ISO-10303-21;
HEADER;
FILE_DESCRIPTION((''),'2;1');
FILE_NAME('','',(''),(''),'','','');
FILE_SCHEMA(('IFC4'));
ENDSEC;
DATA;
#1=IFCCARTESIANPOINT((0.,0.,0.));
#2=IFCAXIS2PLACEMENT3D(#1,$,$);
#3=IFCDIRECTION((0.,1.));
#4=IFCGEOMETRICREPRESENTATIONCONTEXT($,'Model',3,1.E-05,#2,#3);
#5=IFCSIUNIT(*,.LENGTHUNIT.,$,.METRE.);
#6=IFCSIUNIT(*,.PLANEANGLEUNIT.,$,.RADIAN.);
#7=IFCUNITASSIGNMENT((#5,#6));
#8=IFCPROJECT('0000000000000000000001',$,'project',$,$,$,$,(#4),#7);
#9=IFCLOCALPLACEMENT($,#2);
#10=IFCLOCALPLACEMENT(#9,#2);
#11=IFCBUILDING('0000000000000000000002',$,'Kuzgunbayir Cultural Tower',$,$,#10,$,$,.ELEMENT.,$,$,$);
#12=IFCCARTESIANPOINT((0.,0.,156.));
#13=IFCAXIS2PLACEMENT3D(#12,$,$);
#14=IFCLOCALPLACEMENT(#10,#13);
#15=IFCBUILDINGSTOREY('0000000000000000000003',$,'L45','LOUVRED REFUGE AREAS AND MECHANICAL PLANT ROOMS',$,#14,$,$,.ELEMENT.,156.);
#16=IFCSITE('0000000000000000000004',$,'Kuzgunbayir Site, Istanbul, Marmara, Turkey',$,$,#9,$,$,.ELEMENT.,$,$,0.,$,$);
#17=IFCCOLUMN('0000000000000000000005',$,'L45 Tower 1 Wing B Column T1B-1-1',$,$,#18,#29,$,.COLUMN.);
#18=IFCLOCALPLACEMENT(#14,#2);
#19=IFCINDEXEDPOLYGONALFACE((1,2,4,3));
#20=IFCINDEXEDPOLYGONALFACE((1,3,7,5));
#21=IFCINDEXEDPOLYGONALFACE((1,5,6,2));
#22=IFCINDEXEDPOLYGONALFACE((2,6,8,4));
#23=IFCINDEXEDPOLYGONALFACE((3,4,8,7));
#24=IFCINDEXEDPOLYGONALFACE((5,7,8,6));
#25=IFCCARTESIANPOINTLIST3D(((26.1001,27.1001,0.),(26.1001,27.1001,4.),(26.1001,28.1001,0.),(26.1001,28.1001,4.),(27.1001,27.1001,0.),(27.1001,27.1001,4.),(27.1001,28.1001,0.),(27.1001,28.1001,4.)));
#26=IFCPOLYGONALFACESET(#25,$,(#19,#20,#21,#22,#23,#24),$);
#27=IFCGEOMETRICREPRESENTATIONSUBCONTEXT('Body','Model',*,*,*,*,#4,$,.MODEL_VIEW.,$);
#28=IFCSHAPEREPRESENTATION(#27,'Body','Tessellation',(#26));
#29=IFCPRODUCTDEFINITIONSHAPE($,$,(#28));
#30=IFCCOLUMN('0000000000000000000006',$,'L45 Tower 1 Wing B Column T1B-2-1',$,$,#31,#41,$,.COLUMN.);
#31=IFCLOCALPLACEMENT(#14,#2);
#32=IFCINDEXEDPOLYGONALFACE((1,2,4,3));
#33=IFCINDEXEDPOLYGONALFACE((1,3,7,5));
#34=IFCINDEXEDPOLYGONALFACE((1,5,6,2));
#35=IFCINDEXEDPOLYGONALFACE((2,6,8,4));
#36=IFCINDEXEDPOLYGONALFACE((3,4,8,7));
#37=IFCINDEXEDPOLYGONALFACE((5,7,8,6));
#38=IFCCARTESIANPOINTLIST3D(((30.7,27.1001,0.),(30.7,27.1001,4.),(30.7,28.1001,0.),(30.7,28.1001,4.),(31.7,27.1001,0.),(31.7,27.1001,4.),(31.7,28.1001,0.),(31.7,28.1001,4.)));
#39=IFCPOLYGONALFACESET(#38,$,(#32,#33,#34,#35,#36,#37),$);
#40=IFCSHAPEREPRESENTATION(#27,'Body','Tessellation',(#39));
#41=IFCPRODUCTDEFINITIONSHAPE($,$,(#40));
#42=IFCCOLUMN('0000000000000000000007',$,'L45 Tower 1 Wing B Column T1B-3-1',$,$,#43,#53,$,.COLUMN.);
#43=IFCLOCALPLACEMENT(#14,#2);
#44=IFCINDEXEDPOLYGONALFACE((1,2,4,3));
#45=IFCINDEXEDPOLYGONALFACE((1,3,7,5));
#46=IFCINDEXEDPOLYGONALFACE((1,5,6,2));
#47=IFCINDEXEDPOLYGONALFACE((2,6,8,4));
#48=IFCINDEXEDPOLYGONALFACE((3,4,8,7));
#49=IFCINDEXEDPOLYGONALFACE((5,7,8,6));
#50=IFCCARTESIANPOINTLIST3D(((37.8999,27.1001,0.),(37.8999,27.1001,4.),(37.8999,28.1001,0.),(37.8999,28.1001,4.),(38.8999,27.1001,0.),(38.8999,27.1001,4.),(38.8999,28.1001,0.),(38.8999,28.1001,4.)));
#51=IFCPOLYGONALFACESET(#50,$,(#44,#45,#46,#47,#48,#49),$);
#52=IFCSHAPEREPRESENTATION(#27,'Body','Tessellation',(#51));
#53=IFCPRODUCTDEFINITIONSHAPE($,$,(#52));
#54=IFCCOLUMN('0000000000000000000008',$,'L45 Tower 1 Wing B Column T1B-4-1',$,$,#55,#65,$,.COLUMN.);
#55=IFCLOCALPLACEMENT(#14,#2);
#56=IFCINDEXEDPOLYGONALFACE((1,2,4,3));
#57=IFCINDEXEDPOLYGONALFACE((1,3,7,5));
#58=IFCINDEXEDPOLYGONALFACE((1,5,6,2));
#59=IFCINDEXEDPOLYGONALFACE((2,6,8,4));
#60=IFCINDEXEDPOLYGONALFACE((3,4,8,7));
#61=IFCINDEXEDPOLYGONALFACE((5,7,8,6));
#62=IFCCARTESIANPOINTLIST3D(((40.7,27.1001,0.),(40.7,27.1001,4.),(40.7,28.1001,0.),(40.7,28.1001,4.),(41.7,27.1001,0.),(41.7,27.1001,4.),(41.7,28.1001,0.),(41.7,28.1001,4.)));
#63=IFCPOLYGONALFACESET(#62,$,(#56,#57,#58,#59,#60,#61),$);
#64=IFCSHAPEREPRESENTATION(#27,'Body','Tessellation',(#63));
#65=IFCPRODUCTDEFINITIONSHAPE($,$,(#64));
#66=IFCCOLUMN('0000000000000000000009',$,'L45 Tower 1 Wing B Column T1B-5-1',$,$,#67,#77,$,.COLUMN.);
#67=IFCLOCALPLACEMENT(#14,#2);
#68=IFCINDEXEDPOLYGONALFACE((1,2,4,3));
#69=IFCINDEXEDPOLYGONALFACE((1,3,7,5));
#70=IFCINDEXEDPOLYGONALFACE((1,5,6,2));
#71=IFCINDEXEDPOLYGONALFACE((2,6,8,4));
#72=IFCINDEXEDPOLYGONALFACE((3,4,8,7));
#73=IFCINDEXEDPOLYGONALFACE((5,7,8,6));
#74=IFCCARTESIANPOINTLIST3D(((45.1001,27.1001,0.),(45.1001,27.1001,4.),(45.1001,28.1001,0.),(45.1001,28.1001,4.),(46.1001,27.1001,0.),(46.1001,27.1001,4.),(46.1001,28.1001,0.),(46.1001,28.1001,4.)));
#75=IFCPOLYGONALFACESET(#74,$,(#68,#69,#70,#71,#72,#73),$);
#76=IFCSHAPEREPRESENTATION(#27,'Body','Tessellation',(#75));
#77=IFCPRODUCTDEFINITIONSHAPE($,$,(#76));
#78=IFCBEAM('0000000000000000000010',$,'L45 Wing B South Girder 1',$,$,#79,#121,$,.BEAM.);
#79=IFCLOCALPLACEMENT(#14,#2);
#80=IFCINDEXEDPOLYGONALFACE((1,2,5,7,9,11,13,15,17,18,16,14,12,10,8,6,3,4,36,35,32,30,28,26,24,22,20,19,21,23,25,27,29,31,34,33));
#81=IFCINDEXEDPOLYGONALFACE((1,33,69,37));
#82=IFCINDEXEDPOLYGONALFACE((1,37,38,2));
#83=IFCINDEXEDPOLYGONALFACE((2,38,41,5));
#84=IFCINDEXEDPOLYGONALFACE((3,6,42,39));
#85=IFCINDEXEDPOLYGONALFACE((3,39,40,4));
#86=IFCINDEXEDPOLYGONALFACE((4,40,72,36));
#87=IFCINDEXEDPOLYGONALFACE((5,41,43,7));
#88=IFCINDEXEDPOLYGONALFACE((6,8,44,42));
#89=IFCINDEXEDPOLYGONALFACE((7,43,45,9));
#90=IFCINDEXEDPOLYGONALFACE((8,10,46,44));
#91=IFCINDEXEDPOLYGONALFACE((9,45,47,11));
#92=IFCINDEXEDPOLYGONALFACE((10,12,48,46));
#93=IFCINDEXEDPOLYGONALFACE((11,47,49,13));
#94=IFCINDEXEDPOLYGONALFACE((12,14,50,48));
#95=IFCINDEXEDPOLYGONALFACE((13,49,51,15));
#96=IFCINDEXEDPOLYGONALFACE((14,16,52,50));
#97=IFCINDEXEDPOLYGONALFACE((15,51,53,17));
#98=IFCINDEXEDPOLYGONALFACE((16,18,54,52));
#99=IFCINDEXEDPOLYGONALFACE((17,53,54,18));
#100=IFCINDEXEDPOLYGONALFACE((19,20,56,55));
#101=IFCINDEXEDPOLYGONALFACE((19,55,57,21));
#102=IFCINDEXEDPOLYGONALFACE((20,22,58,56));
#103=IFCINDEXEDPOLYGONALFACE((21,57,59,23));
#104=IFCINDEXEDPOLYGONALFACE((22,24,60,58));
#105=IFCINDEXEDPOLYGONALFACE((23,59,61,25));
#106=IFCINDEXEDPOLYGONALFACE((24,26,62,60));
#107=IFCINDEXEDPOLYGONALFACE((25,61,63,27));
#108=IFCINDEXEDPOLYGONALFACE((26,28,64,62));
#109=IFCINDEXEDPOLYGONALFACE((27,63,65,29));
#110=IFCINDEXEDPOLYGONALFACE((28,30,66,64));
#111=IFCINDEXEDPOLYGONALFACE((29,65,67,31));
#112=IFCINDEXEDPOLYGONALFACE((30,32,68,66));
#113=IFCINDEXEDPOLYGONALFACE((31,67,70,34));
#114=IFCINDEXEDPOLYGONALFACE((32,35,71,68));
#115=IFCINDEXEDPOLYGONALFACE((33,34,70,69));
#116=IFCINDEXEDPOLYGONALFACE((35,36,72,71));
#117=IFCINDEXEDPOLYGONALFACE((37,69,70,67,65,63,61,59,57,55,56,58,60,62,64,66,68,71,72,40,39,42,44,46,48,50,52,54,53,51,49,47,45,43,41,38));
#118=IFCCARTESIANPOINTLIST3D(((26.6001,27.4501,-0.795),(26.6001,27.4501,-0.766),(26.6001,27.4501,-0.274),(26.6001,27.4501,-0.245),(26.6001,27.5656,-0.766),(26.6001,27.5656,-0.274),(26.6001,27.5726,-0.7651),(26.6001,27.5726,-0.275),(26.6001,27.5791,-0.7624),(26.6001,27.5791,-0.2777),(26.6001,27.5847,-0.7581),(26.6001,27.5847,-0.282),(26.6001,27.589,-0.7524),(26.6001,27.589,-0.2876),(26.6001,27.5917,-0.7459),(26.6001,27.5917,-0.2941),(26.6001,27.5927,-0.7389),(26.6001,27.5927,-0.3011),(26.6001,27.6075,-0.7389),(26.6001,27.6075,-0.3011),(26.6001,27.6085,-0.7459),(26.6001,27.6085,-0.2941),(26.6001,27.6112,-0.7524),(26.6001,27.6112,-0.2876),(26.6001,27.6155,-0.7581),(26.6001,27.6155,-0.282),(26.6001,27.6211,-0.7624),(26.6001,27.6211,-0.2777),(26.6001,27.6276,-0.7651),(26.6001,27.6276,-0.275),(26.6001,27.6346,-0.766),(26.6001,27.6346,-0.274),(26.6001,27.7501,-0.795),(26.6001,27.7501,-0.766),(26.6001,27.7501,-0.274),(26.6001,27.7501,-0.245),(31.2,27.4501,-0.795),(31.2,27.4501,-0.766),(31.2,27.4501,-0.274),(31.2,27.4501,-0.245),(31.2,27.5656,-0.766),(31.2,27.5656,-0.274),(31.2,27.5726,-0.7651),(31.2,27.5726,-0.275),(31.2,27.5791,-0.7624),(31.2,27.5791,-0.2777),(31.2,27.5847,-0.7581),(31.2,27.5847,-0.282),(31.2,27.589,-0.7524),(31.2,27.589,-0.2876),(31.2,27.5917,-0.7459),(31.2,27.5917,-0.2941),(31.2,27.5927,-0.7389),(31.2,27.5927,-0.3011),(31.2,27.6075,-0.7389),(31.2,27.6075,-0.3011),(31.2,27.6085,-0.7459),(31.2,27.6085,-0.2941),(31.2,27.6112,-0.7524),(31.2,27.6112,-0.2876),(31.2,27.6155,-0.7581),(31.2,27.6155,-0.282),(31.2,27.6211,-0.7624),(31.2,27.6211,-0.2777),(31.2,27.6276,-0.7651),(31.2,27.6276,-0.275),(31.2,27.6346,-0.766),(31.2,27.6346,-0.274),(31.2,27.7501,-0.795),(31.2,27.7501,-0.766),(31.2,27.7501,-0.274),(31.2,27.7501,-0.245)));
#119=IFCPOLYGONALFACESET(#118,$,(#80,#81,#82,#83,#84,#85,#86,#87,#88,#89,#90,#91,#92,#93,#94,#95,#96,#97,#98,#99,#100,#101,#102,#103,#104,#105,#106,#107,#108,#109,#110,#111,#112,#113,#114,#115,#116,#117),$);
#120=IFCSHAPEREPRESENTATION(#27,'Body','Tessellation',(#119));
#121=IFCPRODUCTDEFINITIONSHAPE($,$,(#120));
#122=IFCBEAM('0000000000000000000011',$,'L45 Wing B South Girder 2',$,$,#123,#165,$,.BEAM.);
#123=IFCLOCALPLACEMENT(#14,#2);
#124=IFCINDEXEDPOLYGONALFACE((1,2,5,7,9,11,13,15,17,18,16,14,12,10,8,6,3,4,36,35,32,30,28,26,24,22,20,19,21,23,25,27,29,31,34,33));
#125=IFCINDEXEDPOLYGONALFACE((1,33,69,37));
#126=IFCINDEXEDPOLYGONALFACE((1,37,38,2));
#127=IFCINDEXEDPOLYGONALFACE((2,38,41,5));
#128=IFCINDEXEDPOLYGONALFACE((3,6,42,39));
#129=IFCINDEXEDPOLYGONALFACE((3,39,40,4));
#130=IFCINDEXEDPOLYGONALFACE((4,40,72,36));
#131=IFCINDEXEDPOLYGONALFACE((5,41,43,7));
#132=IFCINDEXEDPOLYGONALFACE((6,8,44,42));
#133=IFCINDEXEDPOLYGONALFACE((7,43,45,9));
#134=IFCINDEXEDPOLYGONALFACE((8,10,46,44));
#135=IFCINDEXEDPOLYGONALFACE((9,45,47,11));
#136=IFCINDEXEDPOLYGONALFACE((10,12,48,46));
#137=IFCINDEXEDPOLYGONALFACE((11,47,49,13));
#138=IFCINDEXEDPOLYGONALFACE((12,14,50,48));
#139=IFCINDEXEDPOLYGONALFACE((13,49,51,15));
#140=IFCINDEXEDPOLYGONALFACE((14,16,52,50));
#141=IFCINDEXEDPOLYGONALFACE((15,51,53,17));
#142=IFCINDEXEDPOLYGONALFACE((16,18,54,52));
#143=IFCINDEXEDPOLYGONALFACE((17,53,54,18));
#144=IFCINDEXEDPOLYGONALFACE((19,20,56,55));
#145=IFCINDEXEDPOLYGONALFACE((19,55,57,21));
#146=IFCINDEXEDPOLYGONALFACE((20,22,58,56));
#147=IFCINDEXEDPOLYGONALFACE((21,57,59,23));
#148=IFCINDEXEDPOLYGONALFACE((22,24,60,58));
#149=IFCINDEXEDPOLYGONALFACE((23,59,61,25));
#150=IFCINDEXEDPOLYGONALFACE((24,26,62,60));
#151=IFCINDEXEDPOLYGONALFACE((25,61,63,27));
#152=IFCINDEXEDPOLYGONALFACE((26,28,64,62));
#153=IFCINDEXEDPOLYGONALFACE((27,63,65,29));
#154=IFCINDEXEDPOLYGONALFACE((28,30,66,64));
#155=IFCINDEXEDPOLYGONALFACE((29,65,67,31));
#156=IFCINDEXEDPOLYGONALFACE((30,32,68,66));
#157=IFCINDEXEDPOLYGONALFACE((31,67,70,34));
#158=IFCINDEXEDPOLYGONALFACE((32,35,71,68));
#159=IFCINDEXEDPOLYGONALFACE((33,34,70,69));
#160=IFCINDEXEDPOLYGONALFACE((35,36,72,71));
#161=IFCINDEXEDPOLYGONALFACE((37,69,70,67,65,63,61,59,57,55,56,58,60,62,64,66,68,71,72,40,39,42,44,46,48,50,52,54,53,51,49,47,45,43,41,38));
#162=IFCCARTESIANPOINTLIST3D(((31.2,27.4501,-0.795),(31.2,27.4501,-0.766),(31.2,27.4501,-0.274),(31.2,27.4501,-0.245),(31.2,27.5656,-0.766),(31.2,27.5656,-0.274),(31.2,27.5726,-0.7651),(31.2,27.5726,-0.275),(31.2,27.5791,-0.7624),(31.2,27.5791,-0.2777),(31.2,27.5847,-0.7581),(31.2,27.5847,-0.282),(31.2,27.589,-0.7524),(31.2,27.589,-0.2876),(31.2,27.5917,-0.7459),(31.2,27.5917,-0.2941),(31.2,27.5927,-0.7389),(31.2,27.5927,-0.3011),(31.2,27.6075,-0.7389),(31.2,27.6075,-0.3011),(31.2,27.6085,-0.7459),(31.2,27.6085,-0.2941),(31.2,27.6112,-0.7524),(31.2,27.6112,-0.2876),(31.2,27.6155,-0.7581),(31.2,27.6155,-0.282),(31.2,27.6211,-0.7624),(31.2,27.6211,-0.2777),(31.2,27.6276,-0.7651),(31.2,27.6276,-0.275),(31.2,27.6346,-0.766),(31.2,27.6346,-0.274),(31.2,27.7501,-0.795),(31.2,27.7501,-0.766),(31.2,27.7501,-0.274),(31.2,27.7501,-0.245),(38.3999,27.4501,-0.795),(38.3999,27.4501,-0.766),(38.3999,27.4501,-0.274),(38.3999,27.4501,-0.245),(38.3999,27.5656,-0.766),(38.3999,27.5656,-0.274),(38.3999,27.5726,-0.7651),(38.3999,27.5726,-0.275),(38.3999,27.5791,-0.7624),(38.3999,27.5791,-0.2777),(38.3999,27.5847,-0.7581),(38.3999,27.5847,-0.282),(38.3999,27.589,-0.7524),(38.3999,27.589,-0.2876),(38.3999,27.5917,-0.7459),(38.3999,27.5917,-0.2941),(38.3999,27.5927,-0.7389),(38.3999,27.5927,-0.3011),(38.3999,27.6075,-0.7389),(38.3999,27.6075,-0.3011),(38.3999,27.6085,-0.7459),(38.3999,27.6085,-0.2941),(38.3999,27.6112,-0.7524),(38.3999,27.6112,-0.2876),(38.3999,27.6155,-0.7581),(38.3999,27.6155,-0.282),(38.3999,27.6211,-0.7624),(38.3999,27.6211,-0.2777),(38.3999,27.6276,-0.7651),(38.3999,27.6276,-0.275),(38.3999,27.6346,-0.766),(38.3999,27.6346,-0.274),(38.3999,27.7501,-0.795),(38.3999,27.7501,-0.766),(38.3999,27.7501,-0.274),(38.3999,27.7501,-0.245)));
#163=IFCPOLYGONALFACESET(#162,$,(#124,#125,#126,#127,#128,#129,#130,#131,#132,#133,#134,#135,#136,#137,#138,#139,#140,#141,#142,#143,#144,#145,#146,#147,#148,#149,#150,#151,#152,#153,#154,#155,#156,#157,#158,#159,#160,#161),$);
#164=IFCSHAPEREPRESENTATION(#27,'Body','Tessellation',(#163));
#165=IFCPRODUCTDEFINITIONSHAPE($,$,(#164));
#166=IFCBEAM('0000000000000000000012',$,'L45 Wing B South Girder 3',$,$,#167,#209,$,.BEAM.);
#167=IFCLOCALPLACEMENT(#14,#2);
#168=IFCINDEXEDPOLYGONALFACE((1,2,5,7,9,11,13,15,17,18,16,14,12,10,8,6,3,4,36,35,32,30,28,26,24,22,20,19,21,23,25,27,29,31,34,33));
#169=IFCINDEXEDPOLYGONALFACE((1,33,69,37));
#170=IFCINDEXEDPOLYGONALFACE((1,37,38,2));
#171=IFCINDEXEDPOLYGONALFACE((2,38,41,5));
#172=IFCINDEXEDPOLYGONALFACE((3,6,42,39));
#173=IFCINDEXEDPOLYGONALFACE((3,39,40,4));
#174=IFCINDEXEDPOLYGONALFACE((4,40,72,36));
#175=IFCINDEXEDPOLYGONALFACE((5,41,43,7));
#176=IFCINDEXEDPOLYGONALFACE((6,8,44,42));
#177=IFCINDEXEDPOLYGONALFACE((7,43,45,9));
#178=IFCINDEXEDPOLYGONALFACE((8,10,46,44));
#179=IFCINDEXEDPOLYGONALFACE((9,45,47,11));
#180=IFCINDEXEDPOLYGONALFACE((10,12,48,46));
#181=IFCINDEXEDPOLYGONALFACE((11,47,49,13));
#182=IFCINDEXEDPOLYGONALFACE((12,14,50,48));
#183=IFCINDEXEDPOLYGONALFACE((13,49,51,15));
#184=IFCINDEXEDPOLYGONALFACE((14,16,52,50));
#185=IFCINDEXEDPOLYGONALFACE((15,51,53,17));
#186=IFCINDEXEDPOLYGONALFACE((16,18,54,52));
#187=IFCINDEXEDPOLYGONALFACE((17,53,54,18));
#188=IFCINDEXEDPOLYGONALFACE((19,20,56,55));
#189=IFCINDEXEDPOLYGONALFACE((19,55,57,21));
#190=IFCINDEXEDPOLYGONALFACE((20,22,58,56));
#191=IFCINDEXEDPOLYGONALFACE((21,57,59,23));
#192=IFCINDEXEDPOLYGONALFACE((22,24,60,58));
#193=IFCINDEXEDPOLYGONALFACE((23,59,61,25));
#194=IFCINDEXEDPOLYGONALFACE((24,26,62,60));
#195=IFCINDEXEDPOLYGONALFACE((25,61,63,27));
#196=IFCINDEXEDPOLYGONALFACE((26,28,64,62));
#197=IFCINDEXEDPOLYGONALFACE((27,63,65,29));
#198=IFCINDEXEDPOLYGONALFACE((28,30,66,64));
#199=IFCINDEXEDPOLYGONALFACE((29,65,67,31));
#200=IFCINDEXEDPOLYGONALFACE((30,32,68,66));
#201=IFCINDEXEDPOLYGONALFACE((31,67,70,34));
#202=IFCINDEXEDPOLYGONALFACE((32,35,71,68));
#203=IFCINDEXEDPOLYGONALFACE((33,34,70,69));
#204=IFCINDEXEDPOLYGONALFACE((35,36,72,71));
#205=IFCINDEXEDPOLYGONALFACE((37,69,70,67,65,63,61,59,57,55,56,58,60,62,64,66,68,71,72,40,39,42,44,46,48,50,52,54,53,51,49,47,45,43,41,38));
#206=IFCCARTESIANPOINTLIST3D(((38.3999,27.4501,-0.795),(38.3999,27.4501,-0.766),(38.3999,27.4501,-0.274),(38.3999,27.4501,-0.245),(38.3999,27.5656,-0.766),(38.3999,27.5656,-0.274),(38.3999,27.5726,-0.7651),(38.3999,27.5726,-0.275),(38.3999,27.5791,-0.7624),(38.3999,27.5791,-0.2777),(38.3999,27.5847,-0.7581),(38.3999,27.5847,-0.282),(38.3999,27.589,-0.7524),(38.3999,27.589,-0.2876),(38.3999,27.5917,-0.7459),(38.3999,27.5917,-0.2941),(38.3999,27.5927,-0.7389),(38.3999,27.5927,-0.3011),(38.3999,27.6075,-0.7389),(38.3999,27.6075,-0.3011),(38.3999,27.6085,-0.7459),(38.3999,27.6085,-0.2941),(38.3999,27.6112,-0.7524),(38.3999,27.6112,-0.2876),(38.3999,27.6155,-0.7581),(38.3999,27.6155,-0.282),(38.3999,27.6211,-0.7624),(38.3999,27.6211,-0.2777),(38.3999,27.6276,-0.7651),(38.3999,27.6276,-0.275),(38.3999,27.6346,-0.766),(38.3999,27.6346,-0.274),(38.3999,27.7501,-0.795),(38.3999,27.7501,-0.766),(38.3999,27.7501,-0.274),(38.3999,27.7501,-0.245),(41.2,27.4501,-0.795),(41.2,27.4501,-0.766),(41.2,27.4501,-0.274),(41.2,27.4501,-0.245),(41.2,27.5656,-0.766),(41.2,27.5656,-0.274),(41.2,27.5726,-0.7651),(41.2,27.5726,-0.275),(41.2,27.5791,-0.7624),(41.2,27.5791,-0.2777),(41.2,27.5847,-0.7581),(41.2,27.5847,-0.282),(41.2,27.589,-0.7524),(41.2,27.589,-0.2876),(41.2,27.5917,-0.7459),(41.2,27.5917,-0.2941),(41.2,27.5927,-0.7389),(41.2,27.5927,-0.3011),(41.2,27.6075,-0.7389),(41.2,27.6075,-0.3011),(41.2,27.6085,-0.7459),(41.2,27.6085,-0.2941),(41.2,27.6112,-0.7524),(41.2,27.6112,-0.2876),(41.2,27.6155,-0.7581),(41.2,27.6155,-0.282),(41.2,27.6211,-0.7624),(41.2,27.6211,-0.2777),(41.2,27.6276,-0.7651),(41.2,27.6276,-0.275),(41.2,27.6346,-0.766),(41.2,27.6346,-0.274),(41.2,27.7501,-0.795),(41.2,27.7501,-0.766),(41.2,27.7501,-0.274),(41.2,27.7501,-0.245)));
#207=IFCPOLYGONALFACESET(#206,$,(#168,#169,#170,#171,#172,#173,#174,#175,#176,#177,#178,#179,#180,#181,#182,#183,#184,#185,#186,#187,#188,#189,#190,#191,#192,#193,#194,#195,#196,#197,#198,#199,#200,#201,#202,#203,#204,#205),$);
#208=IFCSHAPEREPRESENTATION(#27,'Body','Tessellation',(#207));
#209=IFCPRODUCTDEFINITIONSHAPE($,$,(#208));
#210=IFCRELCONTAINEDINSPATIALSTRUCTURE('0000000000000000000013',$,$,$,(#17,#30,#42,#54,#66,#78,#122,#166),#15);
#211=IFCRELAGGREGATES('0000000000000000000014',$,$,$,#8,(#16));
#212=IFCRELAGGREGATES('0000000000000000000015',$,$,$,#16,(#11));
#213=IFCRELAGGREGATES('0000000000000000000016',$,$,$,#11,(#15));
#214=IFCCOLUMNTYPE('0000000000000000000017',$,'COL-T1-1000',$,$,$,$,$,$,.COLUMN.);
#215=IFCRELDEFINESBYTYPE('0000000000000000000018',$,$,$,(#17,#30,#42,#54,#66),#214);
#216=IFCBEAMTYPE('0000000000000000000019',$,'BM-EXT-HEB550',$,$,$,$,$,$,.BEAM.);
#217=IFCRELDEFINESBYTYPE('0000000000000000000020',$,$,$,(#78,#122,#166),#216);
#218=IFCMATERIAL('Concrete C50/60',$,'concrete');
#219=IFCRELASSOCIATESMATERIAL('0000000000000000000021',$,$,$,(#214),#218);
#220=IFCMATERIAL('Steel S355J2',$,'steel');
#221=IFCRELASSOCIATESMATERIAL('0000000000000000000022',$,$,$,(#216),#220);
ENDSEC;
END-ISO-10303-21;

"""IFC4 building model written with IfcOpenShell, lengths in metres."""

from ifc_helpers import new_model, si_unit, direction, frame, origin, origin_2d, place, context, subcontext, project, spatial, rectangle, i_section, extrude, material, material_profile, profile_set, type_object, element, save


model = new_model("IFC4")

# Units and contexts
model_context = context("Model", 3, precision=1e-05, world=origin(), true_north=direction((0.0, 1.0)))
body_context = subcontext(model_context, "Body", "Model", "MODEL_VIEW")
ifc_project = project(units=[si_unit("LENGTHUNIT", "METRE"), si_unit("PLANEANGLEUNIT", "RADIAN")], contexts=[model_context])

# Site, building, storey
site_placement = place(None, origin())
site = spatial("IfcSite", under=ifc_project, at=site_placement, Name="Kuzgunbayir Site, Istanbul, Marmara, Turkey", CompositionType="ELEMENT", RefElevation=0.0)
building_placement = place(site_placement, origin())
building = spatial("IfcBuilding", under=site, at=building_placement, Name="Kuzgunbayir Cultural Tower", CompositionType="ELEMENT")
storey_placement = place(building_placement, frame((0.0, 0.0, 156.0)))
storey = spatial("IfcBuildingStorey", under=building, at=storey_placement, Name="L45", Description="LOUVRED REFUGE AREAS AND MECHANICAL PLANT ROOMS", CompositionType="ELEMENT", Elevation=156.0)

# Columns
ifc_material_1 = material(Name="Concrete C50/60", Category="concrete")
ifc_material_profile_1 = material_profile(ifc_material_1, rectangle(XDim=1.0, YDim=1.0, at=origin_2d()), Name="RC 1000x1000")
ifc_profile_set_1 = profile_set([ifc_material_profile_1], Name="Concrete C50/60")
column_type = type_object("IfcColumnType", Name="COL-T1-1000", PredefinedType="COLUMN", material=ifc_profile_set_1)
for number, where, z_axis, x_axis, name in (
    (1, (26.6001, 27.6001, 0.0), (0.0, 0.0, 1.0), (1.0, 0.0, 0.0), "L45 Tower 1 Wing B Column T1B-1-1"),
    (2, (31.2, 27.6001, 0.0), (0.0, 0.0, 1.0), (1.0, 0.0, 0.0), "L45 Tower 1 Wing B Column T1B-2-1"),
    (3, (38.3999, 27.6001, 0.0), (0.0, 0.0, 1.0), (1.0, 0.0, 0.0), "L45 Tower 1 Wing B Column T1B-3-1"),
    (4, (41.2, 27.6001, 0.0), (0.0, 0.0, 1.0), (1.0, 0.0, 0.0), "L45 Tower 1 Wing B Column T1B-4-1"),
    (5, (45.6001, 27.6001, 0.0), (0.0, 0.0, 1.0), (1.0, 0.0, 0.0), "L45 Tower 1 Wing B Column T1B-5-1"),
):
    element("IfcColumn", number, at=place(storey_placement, frame(where, z_axis=z_axis, x_axis=x_axis)), inside=storey, type_object=column_type, Name=name, PredefinedType="COLUMN", context=body_context, shape_type="SweptSolid", body=[
        extrude(rectangle(XDim=1.0, YDim=1.0, at=origin_2d()), origin(), (0.0, 0.0, 1.0), 4.0),
    ])

# Beams
ifc_material_2 = material(Name="Steel S355J2", Category="steel")
ifc_material_profile_2 = material_profile(ifc_material_2, i_section(OverallWidth=0.3, OverallDepth=0.55, WebThickness=0.0149, FlangeThickness=0.0291, FilletRadius=0.0271, at=origin_2d()), Name="HEB 550")
ifc_profile_set_2 = profile_set([ifc_material_profile_2], Name="Steel S355J2")
beam_type_1 = type_object("IfcBeamType", Name="BM-EXT-HEB550", PredefinedType="BEAM", material=ifc_profile_set_2)
beam_1_placement = place(storey_placement, frame((26.6001, 27.6001, -0.52), z_axis=(1.0, 0.0, 0.0), x_axis=(0.0, 1.0, 0.0)))
element("IfcBeam", 6, at=beam_1_placement, inside=storey, type_object=beam_type_1, Name="L45 Wing B South Girder 1", PredefinedType="BEAM", context=body_context, shape_type="SweptSolid", body=[
    extrude(i_section(OverallWidth=0.3, OverallDepth=0.55, WebThickness=0.0149, FlangeThickness=0.0291, FilletRadius=0.0271, at=origin_2d()), origin(), (0.0, 0.0, 1.0), 4.5999),
])
beam_2_placement = place(storey_placement, frame((31.2, 27.6001, -0.52), z_axis=(1.0, 0.0, 0.0), x_axis=(0.0, 1.0, 0.0)))
element("IfcBeam", 7, at=beam_2_placement, inside=storey, type_object=beam_type_1, Name="L45 Wing B South Girder 2", PredefinedType="BEAM", context=body_context, shape_type="SweptSolid", body=[
    extrude(i_section(OverallWidth=0.3, OverallDepth=0.55, WebThickness=0.0149, FlangeThickness=0.0291, FilletRadius=0.0271, at=origin_2d()), origin(), (0.0, 0.0, 1.0), 7.2),
])
beam_3_placement = place(storey_placement, frame((38.3999, 27.6001, -0.52), z_axis=(1.0, 0.0, 0.0), x_axis=(0.0, 1.0, 0.0)))
element("IfcBeam", 8, at=beam_3_placement, inside=storey, type_object=beam_type_1, Name="L45 Wing B South Girder 3", PredefinedType="BEAM", context=body_context, shape_type="SweptSolid", body=[
    extrude(i_section(OverallWidth=0.3, OverallDepth=0.55, WebThickness=0.0149, FlangeThickness=0.0291, FilletRadius=0.0271, at=origin_2d()), origin(), (0.0, 0.0, 1.0), 2.8),
])

save(model, "model.ifc")
